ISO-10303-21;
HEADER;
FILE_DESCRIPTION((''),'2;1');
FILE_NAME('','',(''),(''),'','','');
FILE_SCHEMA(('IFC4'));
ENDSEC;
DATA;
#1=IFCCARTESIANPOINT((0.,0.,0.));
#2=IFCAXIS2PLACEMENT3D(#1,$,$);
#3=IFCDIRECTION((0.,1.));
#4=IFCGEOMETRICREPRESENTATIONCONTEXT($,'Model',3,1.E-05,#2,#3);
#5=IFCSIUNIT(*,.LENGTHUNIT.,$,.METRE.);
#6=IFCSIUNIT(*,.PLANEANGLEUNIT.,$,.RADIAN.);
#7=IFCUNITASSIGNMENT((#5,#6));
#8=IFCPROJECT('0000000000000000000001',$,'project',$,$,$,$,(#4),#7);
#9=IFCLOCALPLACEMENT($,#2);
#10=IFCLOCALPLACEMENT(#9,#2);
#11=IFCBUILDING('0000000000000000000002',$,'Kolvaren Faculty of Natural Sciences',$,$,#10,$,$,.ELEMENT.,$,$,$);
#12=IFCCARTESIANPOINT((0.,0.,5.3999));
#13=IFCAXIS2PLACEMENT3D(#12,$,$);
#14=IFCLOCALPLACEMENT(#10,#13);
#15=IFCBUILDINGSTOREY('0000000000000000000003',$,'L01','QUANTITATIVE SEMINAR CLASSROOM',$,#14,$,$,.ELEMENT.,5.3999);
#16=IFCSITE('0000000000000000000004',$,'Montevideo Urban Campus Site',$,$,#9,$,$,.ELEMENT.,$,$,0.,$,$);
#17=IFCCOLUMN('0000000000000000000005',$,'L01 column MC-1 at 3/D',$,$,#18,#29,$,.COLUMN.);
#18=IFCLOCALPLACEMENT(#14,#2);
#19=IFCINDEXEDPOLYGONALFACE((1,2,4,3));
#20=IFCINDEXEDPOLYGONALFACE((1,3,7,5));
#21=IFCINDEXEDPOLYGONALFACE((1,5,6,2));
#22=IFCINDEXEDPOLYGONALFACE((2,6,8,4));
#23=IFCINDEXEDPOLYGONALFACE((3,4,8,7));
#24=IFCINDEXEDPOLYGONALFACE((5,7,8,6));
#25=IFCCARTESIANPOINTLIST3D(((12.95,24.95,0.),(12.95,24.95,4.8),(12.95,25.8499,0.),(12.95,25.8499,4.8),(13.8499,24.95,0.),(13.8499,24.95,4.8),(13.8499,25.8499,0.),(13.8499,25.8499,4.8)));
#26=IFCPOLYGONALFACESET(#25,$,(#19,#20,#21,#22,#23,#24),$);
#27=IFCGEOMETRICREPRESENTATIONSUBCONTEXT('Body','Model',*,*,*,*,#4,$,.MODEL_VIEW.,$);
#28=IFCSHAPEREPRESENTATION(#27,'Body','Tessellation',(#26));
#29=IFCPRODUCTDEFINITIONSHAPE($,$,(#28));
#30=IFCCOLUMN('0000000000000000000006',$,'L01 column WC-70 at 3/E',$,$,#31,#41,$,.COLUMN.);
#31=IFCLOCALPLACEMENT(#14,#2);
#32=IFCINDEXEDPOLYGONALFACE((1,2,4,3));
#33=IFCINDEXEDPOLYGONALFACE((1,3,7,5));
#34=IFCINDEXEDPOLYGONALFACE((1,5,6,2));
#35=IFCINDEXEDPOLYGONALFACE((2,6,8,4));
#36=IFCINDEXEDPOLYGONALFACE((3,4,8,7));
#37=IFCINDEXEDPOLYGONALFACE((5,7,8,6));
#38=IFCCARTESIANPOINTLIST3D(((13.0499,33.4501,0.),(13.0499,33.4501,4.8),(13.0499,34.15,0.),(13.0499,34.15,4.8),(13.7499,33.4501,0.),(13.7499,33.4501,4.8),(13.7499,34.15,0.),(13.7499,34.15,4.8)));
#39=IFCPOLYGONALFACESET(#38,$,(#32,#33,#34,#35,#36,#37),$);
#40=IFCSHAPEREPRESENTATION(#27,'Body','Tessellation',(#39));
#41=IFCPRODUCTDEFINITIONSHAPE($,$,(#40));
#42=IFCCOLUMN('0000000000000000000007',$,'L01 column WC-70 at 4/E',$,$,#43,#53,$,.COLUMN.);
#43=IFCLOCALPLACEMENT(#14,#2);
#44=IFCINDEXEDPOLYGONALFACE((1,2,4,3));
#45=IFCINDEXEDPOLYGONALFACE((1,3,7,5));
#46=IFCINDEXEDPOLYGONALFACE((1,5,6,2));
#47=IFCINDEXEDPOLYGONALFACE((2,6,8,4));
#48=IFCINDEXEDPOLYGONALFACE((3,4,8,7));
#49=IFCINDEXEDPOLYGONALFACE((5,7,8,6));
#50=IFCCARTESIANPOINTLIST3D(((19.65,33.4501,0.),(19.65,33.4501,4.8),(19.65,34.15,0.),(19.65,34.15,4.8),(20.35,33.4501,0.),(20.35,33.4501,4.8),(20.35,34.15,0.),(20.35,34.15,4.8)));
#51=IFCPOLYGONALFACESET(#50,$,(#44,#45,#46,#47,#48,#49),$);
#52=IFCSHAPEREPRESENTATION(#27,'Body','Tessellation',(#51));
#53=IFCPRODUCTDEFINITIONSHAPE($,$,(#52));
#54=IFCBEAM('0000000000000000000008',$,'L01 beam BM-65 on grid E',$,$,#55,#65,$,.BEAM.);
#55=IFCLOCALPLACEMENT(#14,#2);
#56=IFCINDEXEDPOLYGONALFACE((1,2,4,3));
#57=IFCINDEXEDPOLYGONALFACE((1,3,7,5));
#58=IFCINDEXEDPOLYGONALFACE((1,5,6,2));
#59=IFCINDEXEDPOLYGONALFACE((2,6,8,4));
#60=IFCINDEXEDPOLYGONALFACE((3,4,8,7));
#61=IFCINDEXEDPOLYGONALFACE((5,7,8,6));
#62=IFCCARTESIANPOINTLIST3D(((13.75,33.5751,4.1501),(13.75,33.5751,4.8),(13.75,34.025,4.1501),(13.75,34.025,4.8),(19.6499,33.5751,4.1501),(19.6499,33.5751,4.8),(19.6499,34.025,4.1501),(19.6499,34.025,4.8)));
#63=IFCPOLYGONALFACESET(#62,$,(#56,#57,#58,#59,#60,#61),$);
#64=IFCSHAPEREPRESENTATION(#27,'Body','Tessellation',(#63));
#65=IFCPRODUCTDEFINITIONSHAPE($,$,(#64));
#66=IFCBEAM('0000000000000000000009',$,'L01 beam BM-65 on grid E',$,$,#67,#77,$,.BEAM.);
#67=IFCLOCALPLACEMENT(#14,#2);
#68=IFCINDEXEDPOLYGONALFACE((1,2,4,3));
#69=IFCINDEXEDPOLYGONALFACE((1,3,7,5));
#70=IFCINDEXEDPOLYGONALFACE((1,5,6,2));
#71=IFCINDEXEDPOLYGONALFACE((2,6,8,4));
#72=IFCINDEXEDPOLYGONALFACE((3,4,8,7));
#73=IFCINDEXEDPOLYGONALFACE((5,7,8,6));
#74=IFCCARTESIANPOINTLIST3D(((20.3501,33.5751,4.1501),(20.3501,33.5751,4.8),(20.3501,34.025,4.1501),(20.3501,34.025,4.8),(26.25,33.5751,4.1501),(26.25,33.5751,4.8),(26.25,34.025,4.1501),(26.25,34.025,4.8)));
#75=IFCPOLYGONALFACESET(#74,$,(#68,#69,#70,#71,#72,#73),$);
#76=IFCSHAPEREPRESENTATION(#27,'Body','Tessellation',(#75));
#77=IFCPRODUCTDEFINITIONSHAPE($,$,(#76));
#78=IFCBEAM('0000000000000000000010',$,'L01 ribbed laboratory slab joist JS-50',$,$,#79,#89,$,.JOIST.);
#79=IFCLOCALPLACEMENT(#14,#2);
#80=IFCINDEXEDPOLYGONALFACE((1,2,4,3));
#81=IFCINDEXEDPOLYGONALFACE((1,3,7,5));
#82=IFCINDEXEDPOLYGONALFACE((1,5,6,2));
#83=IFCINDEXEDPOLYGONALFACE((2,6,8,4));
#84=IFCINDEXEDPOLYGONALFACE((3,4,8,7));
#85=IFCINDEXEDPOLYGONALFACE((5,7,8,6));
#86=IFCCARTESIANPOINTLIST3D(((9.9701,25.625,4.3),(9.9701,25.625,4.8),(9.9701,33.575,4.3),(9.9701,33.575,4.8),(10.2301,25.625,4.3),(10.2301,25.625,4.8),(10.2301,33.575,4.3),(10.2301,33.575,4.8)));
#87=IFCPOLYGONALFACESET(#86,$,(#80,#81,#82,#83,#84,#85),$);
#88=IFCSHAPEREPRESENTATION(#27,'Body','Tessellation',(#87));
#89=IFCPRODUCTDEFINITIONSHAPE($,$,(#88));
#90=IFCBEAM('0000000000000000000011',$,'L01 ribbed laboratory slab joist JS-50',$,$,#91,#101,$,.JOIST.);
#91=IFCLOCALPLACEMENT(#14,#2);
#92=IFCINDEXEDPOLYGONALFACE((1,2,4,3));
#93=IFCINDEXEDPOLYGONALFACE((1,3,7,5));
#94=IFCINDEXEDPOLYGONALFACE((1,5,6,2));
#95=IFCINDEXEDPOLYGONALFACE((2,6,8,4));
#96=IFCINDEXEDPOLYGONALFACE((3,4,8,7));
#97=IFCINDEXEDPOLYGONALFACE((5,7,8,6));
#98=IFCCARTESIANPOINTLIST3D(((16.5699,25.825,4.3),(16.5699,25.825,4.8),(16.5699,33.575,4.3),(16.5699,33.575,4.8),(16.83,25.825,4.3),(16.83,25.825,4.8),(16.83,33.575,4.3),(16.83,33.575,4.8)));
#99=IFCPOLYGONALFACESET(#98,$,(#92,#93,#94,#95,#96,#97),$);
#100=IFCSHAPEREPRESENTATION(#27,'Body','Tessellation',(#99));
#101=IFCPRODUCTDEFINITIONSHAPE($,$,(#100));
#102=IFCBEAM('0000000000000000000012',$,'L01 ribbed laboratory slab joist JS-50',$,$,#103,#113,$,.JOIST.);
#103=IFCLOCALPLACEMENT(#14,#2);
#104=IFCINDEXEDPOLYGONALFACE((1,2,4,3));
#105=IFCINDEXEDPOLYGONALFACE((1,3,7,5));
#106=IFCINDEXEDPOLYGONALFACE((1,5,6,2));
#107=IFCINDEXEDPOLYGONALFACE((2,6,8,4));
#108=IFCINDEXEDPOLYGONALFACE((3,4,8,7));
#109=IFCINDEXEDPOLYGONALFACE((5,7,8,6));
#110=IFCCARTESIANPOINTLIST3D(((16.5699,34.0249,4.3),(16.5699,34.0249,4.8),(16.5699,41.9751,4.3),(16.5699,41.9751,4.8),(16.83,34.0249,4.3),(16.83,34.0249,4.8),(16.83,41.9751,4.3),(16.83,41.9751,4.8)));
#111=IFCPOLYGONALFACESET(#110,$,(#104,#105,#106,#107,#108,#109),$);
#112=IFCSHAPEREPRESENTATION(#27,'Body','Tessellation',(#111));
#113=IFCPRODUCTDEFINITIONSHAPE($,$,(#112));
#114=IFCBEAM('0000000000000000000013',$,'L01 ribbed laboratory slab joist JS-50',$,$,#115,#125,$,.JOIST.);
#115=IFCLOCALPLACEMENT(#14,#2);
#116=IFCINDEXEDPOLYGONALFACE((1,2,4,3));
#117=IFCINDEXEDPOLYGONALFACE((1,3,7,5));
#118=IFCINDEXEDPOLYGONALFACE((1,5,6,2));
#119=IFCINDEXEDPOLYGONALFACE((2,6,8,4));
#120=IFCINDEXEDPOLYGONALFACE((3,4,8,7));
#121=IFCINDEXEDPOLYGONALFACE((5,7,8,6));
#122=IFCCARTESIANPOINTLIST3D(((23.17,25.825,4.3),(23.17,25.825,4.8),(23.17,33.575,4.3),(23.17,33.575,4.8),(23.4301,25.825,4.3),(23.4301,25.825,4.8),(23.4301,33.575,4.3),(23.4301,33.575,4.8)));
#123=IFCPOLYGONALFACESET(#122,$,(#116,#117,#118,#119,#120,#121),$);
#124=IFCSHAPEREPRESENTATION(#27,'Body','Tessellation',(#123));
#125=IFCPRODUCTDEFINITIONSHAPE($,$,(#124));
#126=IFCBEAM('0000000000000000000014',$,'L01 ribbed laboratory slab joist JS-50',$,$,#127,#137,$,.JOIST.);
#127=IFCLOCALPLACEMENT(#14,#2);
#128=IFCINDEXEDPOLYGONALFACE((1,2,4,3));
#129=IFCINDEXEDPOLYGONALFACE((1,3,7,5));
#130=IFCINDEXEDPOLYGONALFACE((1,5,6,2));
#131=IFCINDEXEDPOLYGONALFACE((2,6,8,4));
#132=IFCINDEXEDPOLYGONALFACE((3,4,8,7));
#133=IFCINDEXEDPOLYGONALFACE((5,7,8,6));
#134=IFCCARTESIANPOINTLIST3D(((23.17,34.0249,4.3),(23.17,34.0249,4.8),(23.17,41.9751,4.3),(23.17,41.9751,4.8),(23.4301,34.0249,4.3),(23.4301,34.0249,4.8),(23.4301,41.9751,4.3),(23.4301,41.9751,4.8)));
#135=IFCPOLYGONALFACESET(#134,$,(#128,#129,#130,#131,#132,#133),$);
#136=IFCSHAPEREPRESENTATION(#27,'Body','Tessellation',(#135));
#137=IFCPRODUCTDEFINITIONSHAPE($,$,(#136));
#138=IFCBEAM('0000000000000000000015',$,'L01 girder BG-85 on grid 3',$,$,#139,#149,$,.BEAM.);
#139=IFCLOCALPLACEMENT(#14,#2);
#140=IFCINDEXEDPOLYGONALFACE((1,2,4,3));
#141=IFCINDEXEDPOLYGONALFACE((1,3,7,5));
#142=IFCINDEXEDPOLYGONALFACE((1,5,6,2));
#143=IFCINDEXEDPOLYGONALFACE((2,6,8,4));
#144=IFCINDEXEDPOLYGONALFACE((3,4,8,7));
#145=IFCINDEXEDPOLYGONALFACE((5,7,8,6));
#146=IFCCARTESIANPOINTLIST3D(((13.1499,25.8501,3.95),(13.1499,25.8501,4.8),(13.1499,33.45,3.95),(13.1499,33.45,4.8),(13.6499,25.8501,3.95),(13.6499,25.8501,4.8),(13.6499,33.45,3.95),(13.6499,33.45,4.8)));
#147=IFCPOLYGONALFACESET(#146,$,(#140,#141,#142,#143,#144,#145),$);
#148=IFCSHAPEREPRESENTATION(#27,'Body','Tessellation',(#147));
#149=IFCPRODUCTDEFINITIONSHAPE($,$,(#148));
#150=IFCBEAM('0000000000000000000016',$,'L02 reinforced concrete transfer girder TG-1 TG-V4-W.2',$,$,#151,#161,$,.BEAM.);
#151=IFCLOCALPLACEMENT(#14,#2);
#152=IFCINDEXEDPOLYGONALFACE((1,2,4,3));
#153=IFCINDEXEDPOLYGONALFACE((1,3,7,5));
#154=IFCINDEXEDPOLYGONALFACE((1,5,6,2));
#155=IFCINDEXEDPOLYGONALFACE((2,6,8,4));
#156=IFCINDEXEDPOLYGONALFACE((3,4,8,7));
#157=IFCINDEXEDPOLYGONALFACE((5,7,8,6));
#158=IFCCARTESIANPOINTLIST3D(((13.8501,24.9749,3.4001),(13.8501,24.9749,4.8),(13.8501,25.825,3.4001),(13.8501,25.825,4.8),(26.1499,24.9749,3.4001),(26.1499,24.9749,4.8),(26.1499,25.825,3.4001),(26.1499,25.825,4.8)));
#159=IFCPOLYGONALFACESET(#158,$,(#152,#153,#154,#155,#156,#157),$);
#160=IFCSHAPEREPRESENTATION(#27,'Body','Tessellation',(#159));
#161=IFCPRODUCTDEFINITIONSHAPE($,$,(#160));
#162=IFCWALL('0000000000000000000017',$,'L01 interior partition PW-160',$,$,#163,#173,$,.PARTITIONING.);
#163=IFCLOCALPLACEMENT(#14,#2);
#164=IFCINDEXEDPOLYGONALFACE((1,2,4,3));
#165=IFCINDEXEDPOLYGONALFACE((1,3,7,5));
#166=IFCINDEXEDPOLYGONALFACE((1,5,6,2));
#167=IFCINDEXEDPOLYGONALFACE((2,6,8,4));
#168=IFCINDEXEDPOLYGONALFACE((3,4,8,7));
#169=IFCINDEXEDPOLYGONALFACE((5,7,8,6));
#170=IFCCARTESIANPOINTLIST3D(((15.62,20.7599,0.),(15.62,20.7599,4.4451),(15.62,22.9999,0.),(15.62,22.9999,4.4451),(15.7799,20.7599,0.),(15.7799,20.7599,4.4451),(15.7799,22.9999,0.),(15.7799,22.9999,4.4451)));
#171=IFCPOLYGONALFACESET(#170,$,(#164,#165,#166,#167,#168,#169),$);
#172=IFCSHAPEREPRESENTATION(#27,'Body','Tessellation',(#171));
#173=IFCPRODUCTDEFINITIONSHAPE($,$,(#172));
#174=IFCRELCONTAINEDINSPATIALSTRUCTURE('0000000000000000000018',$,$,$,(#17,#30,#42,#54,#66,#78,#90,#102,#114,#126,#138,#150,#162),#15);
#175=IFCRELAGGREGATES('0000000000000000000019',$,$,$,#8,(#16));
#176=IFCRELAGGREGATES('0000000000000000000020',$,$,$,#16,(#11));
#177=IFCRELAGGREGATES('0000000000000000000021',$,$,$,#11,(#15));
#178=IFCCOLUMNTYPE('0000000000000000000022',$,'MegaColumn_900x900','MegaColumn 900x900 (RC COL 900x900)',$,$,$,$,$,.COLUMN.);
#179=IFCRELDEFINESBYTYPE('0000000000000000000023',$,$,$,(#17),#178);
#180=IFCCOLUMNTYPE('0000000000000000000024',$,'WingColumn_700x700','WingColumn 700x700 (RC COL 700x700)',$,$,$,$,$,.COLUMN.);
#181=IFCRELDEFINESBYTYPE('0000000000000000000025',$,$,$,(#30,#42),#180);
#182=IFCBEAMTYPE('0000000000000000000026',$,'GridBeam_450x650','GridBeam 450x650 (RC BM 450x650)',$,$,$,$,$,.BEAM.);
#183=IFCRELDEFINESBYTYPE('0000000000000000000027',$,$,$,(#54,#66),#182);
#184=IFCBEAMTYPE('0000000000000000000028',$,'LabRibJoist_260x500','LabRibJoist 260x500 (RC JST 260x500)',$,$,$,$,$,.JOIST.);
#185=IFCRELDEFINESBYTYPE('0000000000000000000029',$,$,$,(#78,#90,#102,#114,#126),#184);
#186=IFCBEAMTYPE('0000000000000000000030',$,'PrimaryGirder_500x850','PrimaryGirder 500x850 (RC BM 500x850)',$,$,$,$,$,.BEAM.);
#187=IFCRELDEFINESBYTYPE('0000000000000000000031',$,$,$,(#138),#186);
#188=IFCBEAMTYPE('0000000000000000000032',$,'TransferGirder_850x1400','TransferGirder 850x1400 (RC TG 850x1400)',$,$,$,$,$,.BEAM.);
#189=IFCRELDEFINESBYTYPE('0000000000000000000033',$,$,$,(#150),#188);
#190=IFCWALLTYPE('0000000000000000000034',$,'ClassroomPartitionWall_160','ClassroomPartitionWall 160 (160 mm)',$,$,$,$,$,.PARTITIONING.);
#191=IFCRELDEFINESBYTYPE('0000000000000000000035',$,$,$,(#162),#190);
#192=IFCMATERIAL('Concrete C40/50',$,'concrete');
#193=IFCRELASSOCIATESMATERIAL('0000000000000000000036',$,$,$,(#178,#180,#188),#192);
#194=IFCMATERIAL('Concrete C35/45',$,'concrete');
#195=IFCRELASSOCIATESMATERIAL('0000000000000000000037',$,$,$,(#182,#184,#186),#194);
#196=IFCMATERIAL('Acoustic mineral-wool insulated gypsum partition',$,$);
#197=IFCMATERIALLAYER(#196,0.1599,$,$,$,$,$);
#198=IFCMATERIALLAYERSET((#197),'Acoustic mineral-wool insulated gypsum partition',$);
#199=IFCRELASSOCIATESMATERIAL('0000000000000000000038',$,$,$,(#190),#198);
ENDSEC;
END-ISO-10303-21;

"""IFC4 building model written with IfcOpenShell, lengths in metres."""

from ifc_helpers import new_model, si_unit, direction, frame, frame_2d, origin, origin_2d, place, context, subcontext, project, spatial, rectangle, extrude, material, layer, layer_set, material_profile, profile_set, type_object, element, save


model = new_model("IFC4")

# Units and contexts
model_context = context("Model", 3, precision=1e-05, world=origin(), true_north=direction((0.0, 1.0)))
body_context = subcontext(model_context, "Body", "Model", "MODEL_VIEW")
ifc_project = project(units=[si_unit("LENGTHUNIT", "METRE"), si_unit("PLANEANGLEUNIT", "RADIAN")], contexts=[model_context])

# Site, building, storey
site_placement = place(None, origin())
site = spatial("IfcSite", under=ifc_project, at=site_placement, Name="Montevideo Urban Campus Site", CompositionType="ELEMENT", RefElevation=0.0)
building_placement = place(site_placement, origin())
building = spatial("IfcBuilding", under=site, at=building_placement, Name="Kolvaren Faculty of Natural Sciences", CompositionType="ELEMENT")
storey_placement = place(building_placement, frame((0.0, 0.0, 5.3999)))
storey = spatial("IfcBuildingStorey", under=building, at=storey_placement, Name="L01", Description="QUANTITATIVE SEMINAR CLASSROOM", CompositionType="ELEMENT", Elevation=5.3999)

# Columns
ifc_material_1 = material(Name="Concrete C40/50", Category="concrete")
ifc_material_profile_1 = material_profile(ifc_material_1, rectangle(XDim=0.8999, YDim=0.8999, at=origin_2d()), Name="RC COL 900x900")
ifc_profile_set_1 = profile_set([ifc_material_profile_1], Name="Concrete C40/50")
column_type_1 = type_object("IfcColumnType", Name="MegaColumn_900x900", Description="MegaColumn 900x900 (RC COL 900x900)", PredefinedType="COLUMN", material=ifc_profile_set_1)
column_placement = place(storey_placement, frame((13.3999, 25.3999, 0.0), z_axis=(0.0, 0.0, 1.0), x_axis=(1.0, 0.0, 0.0)))
element("IfcColumn", 1, at=column_placement, inside=storey, type_object=column_type_1, Name="L01 column MC-1 at 3/D", PredefinedType="COLUMN", context=body_context, shape_type="SweptSolid", body=[
    extrude(rectangle(XDim=0.8999, YDim=0.8999, at=origin_2d()), origin(), (0.0, 0.0, 1.0), 4.8),
])
ifc_material_profile_2 = material_profile(ifc_material_1, rectangle(XDim=0.7, YDim=0.7, at=origin_2d()), Name="RC COL 700x700")
ifc_profile_set_2 = profile_set([ifc_material_profile_2], Name="Concrete C40/50")
column_type_2 = type_object("IfcColumnType", Name="WingColumn_700x700", Description="WingColumn 700x700 (RC COL 700x700)", PredefinedType="COLUMN", material=ifc_profile_set_2)
for number, where, z_axis, x_axis, name in (
    (2, (13.3999, 33.8, 0.0), (0.0, 0.0, 1.0), (1.0, 0.0, 0.0), "L01 column WC-70 at 3/E"),
    (3, (20.0, 33.8, 0.0), (0.0, 0.0, 1.0), (1.0, 0.0, 0.0), "L01 column WC-70 at 4/E"),
):
    element("IfcColumn", number, at=place(storey_placement, frame(where, z_axis=z_axis, x_axis=x_axis)), inside=storey, type_object=column_type_2, Name=name, PredefinedType="COLUMN", context=body_context, shape_type="SweptSolid", body=[
        extrude(rectangle(XDim=0.7, YDim=0.7, at=origin_2d()), origin(), (0.0, 0.0, 1.0), 4.8),
    ])

# Beams
ifc_material_2 = material(Name="Concrete C35/45", Category="concrete")
ifc_material_profile_3 = material_profile(ifc_material_2, rectangle(XDim=0.45, YDim=0.6499, at=origin_2d()), Name="RC BM 450x650")
ifc_profile_set_3 = profile_set([ifc_material_profile_3], Name="Concrete C35/45")
beam_type_1 = type_object("IfcBeamType", Name="GridBeam_450x650", Description="GridBeam 450x650 (RC BM 450x650)", PredefinedType="BEAM", material=ifc_profile_set_3)
for number, where, z_axis, x_axis, name in (
    (4, (13.75, 33.8, 4.4751), (1.0, 0.0, 0.0), (0.0, 1.0, 0.0), "L01 beam BM-65 on grid E"),
    (5, (20.3501, 33.8, 4.4751), (1.0, 0.0, 0.0), (0.0, 1.0, 0.0), "L01 beam BM-65 on grid E"),
):
    element("IfcBeam", number, at=place(storey_placement, frame(where, z_axis=z_axis, x_axis=x_axis)), inside=storey, type_object=beam_type_1, Name=name, PredefinedType="BEAM", context=body_context, shape_type="SweptSolid", body=[
        extrude(rectangle(XDim=0.45, YDim=0.6499, at=origin_2d()), origin(), (0.0, 0.0, 1.0), 5.8999),
    ])
ifc_material_profile_4 = material_profile(ifc_material_2, rectangle(XDim=0.26, YDim=0.5, at=origin_2d()), Name="RC JST 260x500")
ifc_profile_set_4 = profile_set([ifc_material_profile_4], Name="Concrete C35/45")
beam_type_2 = type_object("IfcBeamType", Name="LabRibJoist_260x500", Description="LabRibJoist 260x500 (RC JST 260x500)", PredefinedType="JOIST", material=ifc_profile_set_4)
beam_1_placement = place(storey_placement, frame((10.1001, 25.625, 4.55), z_axis=(0.0, 1.0, 0.0), x_axis=(-1.0, 0.0, 0.0)))
element("IfcBeam", 6, at=beam_1_placement, inside=storey, type_object=beam_type_2, Name="L01 ribbed laboratory slab joist JS-50", PredefinedType="JOIST", context=body_context, shape_type="SweptSolid", body=[
    extrude(rectangle(XDim=0.26, YDim=0.5, at=origin_2d()), origin(), (0.0, 0.0, 1.0), 7.95),
])
beam_2_placement = place(storey_placement, frame((16.7, 25.825, 4.55), z_axis=(0.0, 1.0, 0.0), x_axis=(-1.0, 0.0, 0.0)))
element("IfcBeam", 7, at=beam_2_placement, inside=storey, type_object=beam_type_2, Name="L01 ribbed laboratory slab joist JS-50", PredefinedType="JOIST", context=body_context, shape_type="SweptSolid", body=[
    extrude(rectangle(XDim=0.26, YDim=0.5, at=origin_2d()), origin(), (0.0, 0.0, 1.0), 7.75),
])
beam_3_placement = place(storey_placement, frame((16.7, 34.0249, 4.55), z_axis=(0.0, 1.0, 0.0), x_axis=(-1.0, 0.0, 0.0)))
element("IfcBeam", 8, at=beam_3_placement, inside=storey, type_object=beam_type_2, Name="L01 ribbed laboratory slab joist JS-50", PredefinedType="JOIST", context=body_context, shape_type="SweptSolid", body=[
    extrude(rectangle(XDim=0.26, YDim=0.5, at=origin_2d()), origin(), (0.0, 0.0, 1.0), 7.9502),
])
beam_4_placement = place(storey_placement, frame((23.3, 25.825, 4.55), z_axis=(0.0, 1.0, 0.0), x_axis=(-1.0, 0.0, 0.0)))
element("IfcBeam", 9, at=beam_4_placement, inside=storey, type_object=beam_type_2, Name="L01 ribbed laboratory slab joist JS-50", PredefinedType="JOIST", context=body_context, shape_type="SweptSolid", body=[
    extrude(rectangle(XDim=0.26, YDim=0.5, at=origin_2d()), origin(), (0.0, 0.0, 1.0), 7.75),
])
beam_5_placement = place(storey_placement, frame((23.3, 34.0249, 4.55), z_axis=(0.0, 1.0, 0.0), x_axis=(-1.0, 0.0, 0.0)))
element("IfcBeam", 10, at=beam_5_placement, inside=storey, type_object=beam_type_2, Name="L01 ribbed laboratory slab joist JS-50", PredefinedType="JOIST", context=body_context, shape_type="SweptSolid", body=[
    extrude(rectangle(XDim=0.26, YDim=0.5, at=origin_2d()), origin(), (0.0, 0.0, 1.0), 7.9502),
])
ifc_material_profile_5 = material_profile(ifc_material_2, rectangle(XDim=0.5, YDim=0.8501, at=origin_2d()), Name="RC BM 500x850")
ifc_profile_set_5 = profile_set([ifc_material_profile_5], Name="Concrete C35/45")
beam_type_3 = type_object("IfcBeamType", Name="PrimaryGirder_500x850", Description="PrimaryGirder 500x850 (RC BM 500x850)", PredefinedType="BEAM", material=ifc_profile_set_5)
beam_6_placement = place(storey_placement, frame((13.3999, 25.8501, 4.375), z_axis=(0.0, 1.0, 0.0), x_axis=(-1.0, 0.0, 0.0)))
element("IfcBeam", 11, at=beam_6_placement, inside=storey, type_object=beam_type_3, Name="L01 girder BG-85 on grid 3", PredefinedType="BEAM", context=body_context, shape_type="SweptSolid", body=[
    extrude(rectangle(XDim=0.5, YDim=0.8501, at=origin_2d()), origin(), (0.0, 0.0, 1.0), 7.5999),
])
ifc_material_profile_6 = material_profile(ifc_material_1, rectangle(XDim=0.8501, YDim=1.3999, at=origin_2d()), Name="RC TG 850x1400")
ifc_profile_set_6 = profile_set([ifc_material_profile_6], Name="Concrete C40/50")
beam_type_4 = type_object("IfcBeamType", Name="TransferGirder_850x1400", Description="TransferGirder 850x1400 (RC TG 850x1400)", PredefinedType="BEAM", material=ifc_profile_set_6)
beam_7_placement = place(storey_placement, frame((13.8501, 25.3999, 4.1001), z_axis=(1.0, 0.0, 0.0), x_axis=(0.0, 1.0, 0.0)))
element("IfcBeam", 12, at=beam_7_placement, inside=storey, type_object=beam_type_4, Name="L02 reinforced concrete transfer girder TG-1 TG-V4-W.2", PredefinedType="BEAM", context=body_context, shape_type="SweptSolid", body=[
    extrude(rectangle(XDim=0.8501, YDim=1.3999, at=origin_2d()), origin(), (0.0, 0.0, 1.0), 12.2998),
])

# Wall
ifc_material_3 = material(Name="Acoustic mineral-wool insulated gypsum partition")
ifc_layer_1 = layer(ifc_material_3, 0.1599)
ifc_layer_set_1 = layer_set([ifc_layer_1], Name="Acoustic mineral-wool insulated gypsum partition")
wall_type_1 = type_object("IfcWallType", Name="ClassroomPartitionWall_160", Description="ClassroomPartitionWall 160 (160 mm)", PredefinedType="PARTITIONING", material=ifc_layer_set_1)
wall_1_placement = place(storey_placement, frame((15.7, 23.0, 0.0), z_axis=(0.0, 0.0, 1.0), x_axis=(0.0, -1.0, 0.0)))
element("IfcWall", 13, at=wall_1_placement, inside=storey, type_object=wall_type_1, Name="L01 interior partition PW-160", PredefinedType="PARTITIONING", context=body_context, shape_type="SweptSolid", body=[
    extrude(rectangle(XDim=2.24, YDim=0.1599, at=frame_2d((1.1201, 0.0))), origin(), (0.0, 0.0, 1.0), 4.4451),
])

save(model, "model.ifc")
